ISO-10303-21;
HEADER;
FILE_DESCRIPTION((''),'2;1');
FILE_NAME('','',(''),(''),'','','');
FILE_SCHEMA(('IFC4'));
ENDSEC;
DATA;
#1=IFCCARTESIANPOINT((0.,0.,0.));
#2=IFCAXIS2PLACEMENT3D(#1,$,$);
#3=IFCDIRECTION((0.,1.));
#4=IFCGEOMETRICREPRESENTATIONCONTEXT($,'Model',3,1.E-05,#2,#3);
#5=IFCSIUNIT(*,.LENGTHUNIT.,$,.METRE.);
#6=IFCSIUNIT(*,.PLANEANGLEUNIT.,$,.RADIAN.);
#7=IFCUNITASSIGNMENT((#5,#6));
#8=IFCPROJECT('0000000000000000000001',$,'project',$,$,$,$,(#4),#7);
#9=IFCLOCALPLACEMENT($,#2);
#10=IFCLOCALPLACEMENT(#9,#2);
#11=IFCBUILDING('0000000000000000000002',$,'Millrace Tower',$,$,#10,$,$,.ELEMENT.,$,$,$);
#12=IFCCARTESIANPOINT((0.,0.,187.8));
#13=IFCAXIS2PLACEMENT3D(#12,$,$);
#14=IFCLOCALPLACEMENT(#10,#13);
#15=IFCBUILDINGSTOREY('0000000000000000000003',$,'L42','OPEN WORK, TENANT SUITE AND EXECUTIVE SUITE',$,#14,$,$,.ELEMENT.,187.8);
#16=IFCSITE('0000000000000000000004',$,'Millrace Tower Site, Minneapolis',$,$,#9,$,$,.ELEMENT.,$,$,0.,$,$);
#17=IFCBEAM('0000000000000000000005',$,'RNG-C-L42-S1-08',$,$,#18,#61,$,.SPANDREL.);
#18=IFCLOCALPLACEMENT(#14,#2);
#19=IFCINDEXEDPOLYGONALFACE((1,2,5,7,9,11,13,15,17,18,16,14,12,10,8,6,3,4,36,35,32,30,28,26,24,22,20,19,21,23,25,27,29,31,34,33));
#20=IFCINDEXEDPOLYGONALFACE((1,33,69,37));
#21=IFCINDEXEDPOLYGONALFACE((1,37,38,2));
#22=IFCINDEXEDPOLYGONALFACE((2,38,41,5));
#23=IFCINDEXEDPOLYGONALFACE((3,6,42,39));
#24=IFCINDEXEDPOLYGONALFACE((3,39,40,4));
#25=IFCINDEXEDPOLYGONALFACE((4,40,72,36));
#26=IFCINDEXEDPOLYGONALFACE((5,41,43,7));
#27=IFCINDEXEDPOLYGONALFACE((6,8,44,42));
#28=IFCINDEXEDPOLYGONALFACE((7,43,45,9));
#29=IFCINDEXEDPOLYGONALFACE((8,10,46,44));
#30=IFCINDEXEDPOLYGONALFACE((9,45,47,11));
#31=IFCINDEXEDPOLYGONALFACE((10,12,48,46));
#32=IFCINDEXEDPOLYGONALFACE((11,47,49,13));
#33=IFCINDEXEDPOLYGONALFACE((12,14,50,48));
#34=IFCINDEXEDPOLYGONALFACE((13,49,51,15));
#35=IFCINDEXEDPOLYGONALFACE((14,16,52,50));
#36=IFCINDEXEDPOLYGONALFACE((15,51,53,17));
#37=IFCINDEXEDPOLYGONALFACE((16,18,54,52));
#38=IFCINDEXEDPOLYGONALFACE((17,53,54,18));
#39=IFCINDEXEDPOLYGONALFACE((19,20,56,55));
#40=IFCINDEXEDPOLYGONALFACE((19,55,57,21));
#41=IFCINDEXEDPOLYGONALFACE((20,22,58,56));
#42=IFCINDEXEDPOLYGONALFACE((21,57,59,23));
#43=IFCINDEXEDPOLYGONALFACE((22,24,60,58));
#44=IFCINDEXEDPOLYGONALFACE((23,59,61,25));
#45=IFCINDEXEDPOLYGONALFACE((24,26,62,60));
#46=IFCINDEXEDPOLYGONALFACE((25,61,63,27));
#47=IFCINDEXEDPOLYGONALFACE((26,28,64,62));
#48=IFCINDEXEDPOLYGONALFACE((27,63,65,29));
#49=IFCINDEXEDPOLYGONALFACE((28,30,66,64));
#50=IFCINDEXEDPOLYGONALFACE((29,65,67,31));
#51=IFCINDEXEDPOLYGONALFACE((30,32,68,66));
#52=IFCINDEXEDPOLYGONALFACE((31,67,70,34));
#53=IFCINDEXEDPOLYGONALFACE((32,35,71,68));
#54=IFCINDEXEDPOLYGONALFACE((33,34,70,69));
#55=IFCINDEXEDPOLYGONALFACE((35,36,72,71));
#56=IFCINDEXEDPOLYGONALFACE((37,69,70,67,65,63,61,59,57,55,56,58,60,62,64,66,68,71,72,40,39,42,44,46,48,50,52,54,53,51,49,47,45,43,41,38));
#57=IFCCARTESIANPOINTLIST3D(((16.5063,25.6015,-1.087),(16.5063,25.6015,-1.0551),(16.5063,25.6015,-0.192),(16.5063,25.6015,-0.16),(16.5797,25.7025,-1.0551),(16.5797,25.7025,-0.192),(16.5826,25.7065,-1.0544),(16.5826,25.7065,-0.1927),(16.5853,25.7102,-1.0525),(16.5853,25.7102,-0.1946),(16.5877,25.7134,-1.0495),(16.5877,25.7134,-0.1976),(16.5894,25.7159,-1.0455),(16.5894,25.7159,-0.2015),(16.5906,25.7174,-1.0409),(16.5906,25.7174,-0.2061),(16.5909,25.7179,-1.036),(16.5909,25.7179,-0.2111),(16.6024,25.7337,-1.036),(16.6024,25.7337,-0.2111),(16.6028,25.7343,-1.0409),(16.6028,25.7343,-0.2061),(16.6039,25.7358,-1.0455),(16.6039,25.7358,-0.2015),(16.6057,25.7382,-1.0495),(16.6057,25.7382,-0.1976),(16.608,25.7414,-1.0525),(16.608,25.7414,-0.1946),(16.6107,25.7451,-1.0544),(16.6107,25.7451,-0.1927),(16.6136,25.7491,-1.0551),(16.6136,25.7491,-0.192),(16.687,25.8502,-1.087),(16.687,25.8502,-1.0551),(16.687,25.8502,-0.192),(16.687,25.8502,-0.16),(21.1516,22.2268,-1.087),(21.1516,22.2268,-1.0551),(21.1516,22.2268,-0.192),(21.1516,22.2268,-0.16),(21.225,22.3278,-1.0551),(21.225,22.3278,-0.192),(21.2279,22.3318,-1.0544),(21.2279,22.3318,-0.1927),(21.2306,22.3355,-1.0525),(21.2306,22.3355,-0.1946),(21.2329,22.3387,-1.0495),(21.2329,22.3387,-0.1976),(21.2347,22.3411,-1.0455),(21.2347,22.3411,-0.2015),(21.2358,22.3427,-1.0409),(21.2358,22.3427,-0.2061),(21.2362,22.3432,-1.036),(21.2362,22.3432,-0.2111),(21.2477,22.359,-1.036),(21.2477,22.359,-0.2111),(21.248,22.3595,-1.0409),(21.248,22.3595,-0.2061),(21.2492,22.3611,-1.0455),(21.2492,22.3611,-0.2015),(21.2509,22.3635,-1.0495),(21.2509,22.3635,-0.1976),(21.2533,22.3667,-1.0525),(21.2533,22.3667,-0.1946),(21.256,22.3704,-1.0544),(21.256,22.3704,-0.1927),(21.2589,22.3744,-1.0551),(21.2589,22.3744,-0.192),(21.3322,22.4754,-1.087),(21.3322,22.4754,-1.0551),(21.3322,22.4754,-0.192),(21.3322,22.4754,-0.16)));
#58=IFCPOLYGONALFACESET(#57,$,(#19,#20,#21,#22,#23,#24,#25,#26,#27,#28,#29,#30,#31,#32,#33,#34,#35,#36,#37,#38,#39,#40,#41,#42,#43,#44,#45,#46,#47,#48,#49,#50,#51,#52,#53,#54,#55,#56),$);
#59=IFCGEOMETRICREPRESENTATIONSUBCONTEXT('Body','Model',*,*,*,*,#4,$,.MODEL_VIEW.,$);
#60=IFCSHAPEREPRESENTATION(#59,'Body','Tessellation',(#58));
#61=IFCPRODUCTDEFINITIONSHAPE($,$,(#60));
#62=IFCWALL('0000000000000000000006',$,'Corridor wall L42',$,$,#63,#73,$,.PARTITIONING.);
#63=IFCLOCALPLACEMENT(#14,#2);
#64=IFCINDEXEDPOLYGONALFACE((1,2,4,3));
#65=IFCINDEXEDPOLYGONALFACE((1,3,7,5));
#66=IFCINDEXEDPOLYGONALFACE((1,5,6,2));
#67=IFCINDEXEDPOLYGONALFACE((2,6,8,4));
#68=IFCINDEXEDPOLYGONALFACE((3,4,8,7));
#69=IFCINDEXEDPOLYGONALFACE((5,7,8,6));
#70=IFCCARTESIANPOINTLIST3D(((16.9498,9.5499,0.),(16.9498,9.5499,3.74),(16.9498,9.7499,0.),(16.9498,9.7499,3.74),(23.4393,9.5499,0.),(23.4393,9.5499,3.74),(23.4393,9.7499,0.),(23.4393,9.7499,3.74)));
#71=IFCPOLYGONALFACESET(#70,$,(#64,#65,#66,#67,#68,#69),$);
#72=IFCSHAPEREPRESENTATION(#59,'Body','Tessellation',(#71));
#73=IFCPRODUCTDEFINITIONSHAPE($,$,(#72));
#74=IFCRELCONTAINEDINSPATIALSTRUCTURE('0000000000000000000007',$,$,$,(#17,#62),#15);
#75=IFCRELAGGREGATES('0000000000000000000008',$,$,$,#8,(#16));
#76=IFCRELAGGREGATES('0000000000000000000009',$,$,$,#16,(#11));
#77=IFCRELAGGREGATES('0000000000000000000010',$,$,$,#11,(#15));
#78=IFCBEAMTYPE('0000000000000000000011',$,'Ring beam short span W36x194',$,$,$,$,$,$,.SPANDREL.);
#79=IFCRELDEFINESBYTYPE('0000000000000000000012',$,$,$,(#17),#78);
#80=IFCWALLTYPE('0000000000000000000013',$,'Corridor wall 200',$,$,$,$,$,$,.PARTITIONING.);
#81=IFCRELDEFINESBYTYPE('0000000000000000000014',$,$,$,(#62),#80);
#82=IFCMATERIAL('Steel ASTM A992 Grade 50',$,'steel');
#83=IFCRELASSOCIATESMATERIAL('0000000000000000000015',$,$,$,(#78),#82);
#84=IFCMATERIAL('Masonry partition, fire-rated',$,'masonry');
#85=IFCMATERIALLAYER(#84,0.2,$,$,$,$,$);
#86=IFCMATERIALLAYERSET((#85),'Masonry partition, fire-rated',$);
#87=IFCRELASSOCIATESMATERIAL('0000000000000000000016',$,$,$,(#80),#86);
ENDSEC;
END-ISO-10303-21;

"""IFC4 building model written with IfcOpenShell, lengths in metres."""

from ifc_helpers import new_model, si_unit, direction, frame, frame_2d, origin, origin_2d, place, context, subcontext, project, spatial, rectangle, i_section, extrude, material, layer, layer_set, material_profile, profile_set, type_object, element, save


model = new_model("IFC4")

# Units and contexts
model_context = context("Model", 3, precision=1e-05, world=origin(), true_north=direction((0.0, 1.0)))
body_context = subcontext(model_context, "Body", "Model", "MODEL_VIEW")
ifc_project = project(units=[si_unit("LENGTHUNIT", "METRE"), si_unit("PLANEANGLEUNIT", "RADIAN")], contexts=[model_context])

# Site, building, storey
site_placement = place(None, origin())
site = spatial("IfcSite", under=ifc_project, at=site_placement, Name="Millrace Tower Site, Minneapolis", CompositionType="ELEMENT", RefElevation=0.0)
building_placement = place(site_placement, origin())
building = spatial("IfcBuilding", under=site, at=building_placement, Name="Millrace Tower", CompositionType="ELEMENT")
storey_placement = place(building_placement, frame((0.0, 0.0, 187.8)))
storey = spatial("IfcBuildingStorey", under=building, at=storey_placement, Name="L42", Description="OPEN WORK, TENANT SUITE AND EXECUTIVE SUITE", CompositionType="ELEMENT", Elevation=187.8)

# Beam
ifc_material_1 = material(Name="Steel ASTM A992 Grade 50", Category="steel")
ifc_material_profile_1 = material_profile(ifc_material_1, i_section(OverallWidth=0.3074, OverallDepth=0.927, WebThickness=0.0195, FlangeThickness=0.032, FilletRadius=0.019, at=origin_2d()))
ifc_profile_set_1 = profile_set([ifc_material_profile_1], Name="Steel ASTM A992 Grade 50")
beam_type_1 = type_object("IfcBeamType", Name="Ring beam short span W36x194", PredefinedType="SPANDREL", material=ifc_profile_set_1)
beam_1_placement = place(storey_placement, frame((16.5967, 25.7258, -0.6235), z_axis=(0.809036, -0.58776, 0.0), x_axis=(0.58776, 0.809036, 0.0)))
element("IfcBeam", 1, at=beam_1_placement, inside=storey, type_object=beam_type_1, Name="RNG-C-L42-S1-08", PredefinedType="SPANDREL", context=body_context, shape_type="SweptSolid", body=[
    extrude(i_section(OverallWidth=0.3074, OverallDepth=0.927, WebThickness=0.0195, FlangeThickness=0.032, FilletRadius=0.019, at=origin_2d()), origin(), (0.0, 0.0, 1.0), 5.7417),
])

# Wall
ifc_material_2 = material(Name="Masonry partition, fire-rated", Category="masonry")
ifc_layer_1 = layer(ifc_material_2, 0.2)
ifc_layer_set_1 = layer_set([ifc_layer_1], Name="Masonry partition, fire-rated")
wall_type = type_object("IfcWallType", Name="Corridor wall 200", PredefinedType="PARTITIONING", material=ifc_layer_set_1)
wall_placement = place(storey_placement, frame((16.95, 9.6499, 0.0), z_axis=(0.0, 0.0, 1.0), x_axis=(1.0, 0.0, 0.0)))
element("IfcWall", 2, at=wall_placement, inside=storey, type_object=wall_type, Name="Corridor wall L42", PredefinedType="PARTITIONING", context=body_context, shape_type="SweptSolid", body=[
    extrude(rectangle(XDim=6.4895, YDim=0.2, at=frame_2d((3.2446, 0.0))), origin(), (0.0, 0.0, 1.0), 3.74),
])

save(model, "model.ifc")
